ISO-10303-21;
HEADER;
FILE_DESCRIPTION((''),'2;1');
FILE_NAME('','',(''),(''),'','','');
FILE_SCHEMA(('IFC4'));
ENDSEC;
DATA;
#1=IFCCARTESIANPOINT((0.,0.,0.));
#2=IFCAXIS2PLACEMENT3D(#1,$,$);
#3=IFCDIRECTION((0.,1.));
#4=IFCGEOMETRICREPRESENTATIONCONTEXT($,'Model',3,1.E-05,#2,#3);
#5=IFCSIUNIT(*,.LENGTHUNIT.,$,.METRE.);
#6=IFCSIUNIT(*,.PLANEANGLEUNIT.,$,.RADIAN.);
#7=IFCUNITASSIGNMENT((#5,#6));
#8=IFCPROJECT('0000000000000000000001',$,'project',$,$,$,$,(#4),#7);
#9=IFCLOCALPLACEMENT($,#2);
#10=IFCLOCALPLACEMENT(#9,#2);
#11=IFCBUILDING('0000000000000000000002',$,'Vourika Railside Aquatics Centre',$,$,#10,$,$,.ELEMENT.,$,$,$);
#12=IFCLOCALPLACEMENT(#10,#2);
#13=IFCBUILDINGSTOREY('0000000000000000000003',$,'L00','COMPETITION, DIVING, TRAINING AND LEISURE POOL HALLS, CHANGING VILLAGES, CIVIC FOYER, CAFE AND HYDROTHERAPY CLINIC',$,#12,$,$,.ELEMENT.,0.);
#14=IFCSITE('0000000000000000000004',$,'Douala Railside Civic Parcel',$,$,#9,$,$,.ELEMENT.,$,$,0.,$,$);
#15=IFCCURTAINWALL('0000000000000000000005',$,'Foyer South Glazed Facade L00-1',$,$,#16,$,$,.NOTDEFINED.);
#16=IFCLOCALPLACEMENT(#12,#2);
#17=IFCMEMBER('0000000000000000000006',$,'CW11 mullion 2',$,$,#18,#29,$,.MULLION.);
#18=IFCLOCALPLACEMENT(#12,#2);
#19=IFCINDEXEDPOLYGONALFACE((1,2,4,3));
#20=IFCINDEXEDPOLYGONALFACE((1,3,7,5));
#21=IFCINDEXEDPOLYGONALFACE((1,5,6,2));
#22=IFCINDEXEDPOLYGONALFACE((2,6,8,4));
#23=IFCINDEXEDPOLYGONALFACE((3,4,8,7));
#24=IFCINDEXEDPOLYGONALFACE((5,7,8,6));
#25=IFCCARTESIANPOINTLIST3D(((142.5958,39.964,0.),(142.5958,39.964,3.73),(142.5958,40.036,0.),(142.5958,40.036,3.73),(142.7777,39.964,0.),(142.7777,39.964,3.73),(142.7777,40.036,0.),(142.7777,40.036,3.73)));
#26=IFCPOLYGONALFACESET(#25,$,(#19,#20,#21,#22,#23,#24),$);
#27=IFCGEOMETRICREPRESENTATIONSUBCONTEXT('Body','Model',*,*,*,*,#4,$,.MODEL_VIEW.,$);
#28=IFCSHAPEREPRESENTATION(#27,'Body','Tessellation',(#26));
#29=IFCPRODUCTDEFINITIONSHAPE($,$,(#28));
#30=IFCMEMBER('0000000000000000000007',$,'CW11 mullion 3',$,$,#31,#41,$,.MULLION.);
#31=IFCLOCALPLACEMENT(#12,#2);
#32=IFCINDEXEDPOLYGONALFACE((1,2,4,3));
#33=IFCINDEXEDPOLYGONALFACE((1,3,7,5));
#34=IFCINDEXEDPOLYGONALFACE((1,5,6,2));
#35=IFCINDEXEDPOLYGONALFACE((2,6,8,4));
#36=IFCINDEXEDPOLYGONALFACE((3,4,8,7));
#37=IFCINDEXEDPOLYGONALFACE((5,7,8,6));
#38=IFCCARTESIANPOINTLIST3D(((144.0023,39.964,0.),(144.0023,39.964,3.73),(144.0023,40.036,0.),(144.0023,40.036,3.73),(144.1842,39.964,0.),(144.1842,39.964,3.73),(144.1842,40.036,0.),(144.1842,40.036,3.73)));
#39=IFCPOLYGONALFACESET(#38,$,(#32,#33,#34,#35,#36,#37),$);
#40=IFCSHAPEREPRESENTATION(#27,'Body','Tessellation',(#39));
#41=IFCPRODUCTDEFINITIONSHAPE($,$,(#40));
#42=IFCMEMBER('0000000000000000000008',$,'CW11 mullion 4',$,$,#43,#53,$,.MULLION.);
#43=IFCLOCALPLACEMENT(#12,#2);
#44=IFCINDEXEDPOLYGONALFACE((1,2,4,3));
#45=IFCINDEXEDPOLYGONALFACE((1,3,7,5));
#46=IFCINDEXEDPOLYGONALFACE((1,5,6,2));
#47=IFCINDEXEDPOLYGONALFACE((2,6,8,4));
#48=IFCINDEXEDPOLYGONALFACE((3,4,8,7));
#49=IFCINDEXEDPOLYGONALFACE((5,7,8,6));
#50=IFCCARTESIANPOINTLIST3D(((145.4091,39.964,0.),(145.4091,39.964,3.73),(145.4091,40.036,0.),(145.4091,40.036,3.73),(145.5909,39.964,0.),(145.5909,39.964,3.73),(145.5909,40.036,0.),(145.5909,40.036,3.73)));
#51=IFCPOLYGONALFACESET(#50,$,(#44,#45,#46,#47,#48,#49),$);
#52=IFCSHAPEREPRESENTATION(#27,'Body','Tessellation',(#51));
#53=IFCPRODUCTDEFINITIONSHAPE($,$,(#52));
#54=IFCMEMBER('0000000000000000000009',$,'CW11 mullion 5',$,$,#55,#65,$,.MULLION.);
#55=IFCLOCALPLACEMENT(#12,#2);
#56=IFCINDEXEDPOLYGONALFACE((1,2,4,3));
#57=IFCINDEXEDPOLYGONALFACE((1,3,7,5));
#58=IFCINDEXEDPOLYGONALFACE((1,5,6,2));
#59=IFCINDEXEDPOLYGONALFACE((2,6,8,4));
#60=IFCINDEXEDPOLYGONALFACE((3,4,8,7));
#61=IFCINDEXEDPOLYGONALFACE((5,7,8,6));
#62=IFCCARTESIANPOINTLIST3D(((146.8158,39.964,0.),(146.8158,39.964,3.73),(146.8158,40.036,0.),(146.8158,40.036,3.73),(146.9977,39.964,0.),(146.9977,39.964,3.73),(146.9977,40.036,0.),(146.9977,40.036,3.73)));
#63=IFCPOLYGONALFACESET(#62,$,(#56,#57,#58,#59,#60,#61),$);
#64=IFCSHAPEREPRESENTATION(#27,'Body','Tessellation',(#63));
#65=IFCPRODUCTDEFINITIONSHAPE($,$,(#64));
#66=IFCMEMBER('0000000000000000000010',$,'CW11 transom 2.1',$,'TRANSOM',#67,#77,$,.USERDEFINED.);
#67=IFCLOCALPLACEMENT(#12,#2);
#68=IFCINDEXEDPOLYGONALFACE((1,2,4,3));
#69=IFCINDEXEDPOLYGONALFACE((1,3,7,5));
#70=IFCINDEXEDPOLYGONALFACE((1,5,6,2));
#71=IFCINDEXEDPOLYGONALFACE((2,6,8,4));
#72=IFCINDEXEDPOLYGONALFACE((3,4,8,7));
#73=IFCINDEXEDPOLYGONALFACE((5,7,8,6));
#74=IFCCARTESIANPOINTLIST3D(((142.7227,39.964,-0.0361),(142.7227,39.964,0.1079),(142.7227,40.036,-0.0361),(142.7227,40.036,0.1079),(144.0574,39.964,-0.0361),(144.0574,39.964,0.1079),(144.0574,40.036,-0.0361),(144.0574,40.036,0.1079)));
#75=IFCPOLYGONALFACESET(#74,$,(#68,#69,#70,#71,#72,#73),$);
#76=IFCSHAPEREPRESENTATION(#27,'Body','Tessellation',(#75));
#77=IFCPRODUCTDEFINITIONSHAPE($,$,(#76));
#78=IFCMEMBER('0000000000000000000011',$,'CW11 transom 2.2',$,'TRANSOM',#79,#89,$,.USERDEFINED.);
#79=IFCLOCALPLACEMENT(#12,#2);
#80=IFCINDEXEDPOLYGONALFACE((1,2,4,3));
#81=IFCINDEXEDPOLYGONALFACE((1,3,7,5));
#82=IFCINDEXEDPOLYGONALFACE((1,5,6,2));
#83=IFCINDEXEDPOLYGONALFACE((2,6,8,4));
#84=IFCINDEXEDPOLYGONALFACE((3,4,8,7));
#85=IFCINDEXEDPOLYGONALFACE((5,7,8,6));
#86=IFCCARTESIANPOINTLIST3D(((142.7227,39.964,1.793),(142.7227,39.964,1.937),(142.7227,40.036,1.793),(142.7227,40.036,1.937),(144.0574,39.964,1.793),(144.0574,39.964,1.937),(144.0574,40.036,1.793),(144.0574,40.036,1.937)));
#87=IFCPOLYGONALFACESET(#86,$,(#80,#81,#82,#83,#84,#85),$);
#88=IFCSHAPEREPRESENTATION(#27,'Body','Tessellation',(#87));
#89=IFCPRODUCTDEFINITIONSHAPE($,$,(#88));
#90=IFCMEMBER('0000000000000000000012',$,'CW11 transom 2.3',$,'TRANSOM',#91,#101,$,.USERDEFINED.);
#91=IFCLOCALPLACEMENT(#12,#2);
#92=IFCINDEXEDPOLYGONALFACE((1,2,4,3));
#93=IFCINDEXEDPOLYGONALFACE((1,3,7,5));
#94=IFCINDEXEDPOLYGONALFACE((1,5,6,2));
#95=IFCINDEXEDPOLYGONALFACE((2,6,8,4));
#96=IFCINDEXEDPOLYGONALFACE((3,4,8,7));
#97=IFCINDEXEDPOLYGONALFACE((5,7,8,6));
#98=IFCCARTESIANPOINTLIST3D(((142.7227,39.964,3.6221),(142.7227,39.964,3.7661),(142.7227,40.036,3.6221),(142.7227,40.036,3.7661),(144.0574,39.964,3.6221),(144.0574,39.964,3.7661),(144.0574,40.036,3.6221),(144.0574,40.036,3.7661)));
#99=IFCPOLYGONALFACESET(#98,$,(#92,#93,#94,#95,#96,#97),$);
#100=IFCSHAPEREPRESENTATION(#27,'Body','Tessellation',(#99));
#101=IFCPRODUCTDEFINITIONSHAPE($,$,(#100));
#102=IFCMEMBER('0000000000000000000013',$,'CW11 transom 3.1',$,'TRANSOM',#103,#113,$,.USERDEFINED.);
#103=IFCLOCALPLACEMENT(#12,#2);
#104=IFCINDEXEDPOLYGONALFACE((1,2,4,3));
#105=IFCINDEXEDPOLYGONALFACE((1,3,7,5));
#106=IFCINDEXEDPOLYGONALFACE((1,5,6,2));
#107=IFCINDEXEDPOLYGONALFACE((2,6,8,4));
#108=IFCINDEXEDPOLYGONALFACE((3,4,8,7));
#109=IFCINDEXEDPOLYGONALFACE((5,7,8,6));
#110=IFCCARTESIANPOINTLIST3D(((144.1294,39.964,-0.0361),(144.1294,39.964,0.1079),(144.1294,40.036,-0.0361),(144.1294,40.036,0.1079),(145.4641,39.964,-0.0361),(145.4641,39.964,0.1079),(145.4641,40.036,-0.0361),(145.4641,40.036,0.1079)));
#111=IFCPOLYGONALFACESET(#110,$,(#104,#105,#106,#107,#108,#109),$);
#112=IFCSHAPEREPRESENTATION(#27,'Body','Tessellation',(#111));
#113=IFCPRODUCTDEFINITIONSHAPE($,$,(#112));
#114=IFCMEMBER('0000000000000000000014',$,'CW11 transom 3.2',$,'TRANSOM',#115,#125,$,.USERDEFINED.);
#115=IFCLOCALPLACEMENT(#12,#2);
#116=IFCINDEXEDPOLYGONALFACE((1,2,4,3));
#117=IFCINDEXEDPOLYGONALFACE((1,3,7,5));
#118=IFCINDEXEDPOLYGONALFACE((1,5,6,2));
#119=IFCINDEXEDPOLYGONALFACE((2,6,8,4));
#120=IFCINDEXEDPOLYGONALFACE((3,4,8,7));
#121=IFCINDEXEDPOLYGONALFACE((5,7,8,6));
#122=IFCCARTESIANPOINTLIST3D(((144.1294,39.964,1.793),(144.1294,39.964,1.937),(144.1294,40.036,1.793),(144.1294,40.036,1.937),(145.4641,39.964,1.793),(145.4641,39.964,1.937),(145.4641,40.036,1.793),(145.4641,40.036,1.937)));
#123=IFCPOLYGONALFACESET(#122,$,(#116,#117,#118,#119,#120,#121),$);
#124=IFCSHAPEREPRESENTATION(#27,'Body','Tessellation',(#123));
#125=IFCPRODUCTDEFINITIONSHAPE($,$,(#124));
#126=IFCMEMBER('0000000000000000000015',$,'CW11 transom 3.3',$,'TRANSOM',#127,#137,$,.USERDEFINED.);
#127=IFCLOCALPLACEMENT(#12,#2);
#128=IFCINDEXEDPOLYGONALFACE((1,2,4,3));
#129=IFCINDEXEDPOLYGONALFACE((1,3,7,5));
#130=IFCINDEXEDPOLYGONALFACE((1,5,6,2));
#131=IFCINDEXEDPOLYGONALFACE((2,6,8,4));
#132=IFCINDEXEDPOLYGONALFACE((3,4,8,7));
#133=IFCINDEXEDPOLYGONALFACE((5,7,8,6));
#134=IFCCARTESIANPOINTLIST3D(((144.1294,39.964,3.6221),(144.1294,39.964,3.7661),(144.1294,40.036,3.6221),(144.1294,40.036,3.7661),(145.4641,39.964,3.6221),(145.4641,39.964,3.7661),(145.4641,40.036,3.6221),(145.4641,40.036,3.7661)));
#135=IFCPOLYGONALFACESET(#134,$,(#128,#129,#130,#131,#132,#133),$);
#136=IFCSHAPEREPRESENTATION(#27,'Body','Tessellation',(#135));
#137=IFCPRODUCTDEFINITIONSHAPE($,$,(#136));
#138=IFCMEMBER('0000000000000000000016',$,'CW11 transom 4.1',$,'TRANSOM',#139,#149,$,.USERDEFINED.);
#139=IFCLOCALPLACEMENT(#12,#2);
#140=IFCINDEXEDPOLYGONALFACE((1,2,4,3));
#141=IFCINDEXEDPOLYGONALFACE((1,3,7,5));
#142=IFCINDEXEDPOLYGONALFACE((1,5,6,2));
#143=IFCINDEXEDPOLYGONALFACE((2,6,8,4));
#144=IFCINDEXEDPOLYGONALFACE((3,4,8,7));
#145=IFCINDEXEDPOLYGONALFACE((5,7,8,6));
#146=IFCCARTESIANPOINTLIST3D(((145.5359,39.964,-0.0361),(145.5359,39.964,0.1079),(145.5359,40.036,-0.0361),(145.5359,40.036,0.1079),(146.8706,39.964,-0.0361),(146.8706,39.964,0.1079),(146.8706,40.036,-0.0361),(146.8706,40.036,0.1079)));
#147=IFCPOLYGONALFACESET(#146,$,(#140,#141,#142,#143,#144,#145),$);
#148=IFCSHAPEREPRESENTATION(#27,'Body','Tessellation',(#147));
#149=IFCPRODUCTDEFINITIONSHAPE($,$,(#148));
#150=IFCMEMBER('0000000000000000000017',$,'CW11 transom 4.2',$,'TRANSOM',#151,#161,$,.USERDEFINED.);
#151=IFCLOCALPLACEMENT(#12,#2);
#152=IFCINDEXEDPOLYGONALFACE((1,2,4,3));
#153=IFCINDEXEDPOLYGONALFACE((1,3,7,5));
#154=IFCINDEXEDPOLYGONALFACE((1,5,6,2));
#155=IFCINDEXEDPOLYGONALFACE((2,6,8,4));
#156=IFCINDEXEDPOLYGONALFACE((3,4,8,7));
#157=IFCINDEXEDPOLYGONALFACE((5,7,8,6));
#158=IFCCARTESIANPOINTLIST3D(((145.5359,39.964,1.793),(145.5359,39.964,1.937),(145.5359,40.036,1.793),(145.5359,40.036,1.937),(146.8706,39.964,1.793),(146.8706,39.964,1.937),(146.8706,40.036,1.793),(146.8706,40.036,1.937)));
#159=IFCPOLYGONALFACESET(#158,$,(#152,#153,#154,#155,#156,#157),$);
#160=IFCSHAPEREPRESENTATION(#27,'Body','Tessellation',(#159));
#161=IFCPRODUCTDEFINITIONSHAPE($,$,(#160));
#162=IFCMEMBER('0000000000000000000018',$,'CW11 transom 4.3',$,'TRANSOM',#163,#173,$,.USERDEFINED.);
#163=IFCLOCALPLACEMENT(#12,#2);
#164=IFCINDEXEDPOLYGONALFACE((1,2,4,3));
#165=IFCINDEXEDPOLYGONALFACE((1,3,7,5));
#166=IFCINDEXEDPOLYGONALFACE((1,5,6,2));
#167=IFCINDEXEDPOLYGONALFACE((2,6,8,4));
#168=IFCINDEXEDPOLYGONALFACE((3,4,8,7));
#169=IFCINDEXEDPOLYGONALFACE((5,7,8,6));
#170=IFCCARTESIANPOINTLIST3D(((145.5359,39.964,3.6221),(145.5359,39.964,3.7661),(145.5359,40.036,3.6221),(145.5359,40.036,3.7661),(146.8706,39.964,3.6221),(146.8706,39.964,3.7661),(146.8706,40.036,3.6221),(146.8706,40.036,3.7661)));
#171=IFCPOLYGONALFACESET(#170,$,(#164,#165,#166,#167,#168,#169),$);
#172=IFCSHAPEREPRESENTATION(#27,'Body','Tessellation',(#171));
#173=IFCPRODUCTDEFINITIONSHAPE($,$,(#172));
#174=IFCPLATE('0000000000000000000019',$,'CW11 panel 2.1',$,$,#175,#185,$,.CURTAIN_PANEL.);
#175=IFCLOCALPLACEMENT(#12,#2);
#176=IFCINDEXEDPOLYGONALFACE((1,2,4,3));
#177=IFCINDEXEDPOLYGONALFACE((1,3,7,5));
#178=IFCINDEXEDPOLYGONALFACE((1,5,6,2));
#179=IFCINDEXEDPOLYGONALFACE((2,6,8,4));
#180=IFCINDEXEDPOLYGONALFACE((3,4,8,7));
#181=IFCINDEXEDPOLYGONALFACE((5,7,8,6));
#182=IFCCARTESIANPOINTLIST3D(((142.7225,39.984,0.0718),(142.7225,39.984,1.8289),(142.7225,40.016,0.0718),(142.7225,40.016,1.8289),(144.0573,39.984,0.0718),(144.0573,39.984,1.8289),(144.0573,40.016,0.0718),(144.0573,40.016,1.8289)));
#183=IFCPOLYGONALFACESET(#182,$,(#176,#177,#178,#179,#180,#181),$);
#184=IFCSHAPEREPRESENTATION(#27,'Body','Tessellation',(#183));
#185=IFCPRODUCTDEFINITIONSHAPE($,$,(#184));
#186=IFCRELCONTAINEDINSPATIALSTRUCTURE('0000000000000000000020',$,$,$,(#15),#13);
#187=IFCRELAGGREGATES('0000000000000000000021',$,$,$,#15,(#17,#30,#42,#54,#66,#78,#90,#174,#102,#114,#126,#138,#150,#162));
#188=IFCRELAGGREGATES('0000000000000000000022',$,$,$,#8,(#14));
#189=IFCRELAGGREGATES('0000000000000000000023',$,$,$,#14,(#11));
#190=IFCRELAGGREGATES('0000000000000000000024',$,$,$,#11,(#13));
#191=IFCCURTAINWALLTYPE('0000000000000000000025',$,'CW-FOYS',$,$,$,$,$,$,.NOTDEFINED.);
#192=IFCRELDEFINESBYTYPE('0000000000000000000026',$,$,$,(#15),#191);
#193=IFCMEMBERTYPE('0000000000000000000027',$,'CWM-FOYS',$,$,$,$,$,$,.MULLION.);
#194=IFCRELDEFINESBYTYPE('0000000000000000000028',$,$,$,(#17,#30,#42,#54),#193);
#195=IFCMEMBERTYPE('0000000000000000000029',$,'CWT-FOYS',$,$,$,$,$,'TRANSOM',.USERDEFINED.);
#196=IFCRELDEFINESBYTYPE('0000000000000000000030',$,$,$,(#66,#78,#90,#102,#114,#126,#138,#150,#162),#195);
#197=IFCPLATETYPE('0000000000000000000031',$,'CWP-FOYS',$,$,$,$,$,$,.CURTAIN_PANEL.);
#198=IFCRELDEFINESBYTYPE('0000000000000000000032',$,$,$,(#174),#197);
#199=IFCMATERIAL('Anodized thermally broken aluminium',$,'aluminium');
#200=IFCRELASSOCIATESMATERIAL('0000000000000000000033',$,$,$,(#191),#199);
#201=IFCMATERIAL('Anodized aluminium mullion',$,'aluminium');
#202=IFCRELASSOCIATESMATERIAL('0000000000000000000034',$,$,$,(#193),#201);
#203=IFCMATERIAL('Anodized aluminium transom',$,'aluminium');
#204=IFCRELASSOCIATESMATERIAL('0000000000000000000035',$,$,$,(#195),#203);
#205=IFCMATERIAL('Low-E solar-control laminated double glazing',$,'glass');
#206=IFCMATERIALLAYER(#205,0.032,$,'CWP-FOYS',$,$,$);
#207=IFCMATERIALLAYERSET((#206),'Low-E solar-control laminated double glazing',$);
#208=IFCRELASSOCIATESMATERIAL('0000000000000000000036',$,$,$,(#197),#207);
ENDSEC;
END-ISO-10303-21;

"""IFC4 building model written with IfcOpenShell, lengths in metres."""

from ifc_helpers import new_model, si_unit, direction, frame, origin, origin_2d, place, context, subcontext, project, spatial, rectangle, extrude, material, layer, layer_set, material_profile, profile_set, type_object, element, aggregate, save


model = new_model("IFC4")

# Units and contexts
model_context = context("Model", 3, precision=1e-05, world=origin(), true_north=direction((0.0, 1.0)))
body_context = subcontext(model_context, "Body", "Model", "MODEL_VIEW")
ifc_project = project(units=[si_unit("LENGTHUNIT", "METRE"), si_unit("PLANEANGLEUNIT", "RADIAN")], contexts=[model_context])

# Site, building, storey
site_placement = place(None, origin())
site = spatial("IfcSite", under=ifc_project, at=site_placement, Name="Douala Railside Civic Parcel", CompositionType="ELEMENT", RefElevation=0.0)
building_placement = place(site_placement, origin())
building = spatial("IfcBuilding", under=site, at=building_placement, Name="Vourika Railside Aquatics Centre", CompositionType="ELEMENT")
storey_placement = place(building_placement, origin())
storey = spatial("IfcBuildingStorey", under=building, at=storey_placement, Name="L00", Description="COMPETITION, DIVING, TRAINING AND LEISURE POOL HALLS, CHANGING VILLAGES, CIVIC FOYER, CAFE AND HYDROTHERAPY CLINIC", CompositionType="ELEMENT", Elevation=0.0)

# Curtain wall, members, plate
ifc_material_1 = material(Name="Anodized thermally broken aluminium", Category="aluminium")
curtain_wall_type = type_object("IfcCurtainWallType", Name="CW-FOYS", PredefinedType="NOTDEFINED", material=ifc_material_1)
curtain_wall_placement = place(storey_placement, origin())
curtain_wall = element("IfcCurtainWall", 1, at=curtain_wall_placement, inside=storey, type_object=curtain_wall_type, Name="Foyer South Glazed Facade L00-1", PredefinedType="NOTDEFINED")
ifc_material_2 = material(Name="Anodized aluminium mullion", Category="aluminium")
ifc_material_profile_1 = material_profile(ifc_material_2, rectangle(XDim=0.072, YDim=0.1819, at=origin_2d()), Name="ALU-M 72x182")
ifc_profile_set_1 = profile_set([ifc_material_profile_1], Name="Anodized aluminium mullion")
member_type_1 = type_object("IfcMemberType", Name="CWM-FOYS", PredefinedType="MULLION", material=ifc_profile_set_1)
member_1_placement = place(storey_placement, frame((142.6868, 40.0, 0.0), z_axis=(0.0, 0.0, 1.0), x_axis=(0.0, 1.0, 0.0)))
member_1 = element("IfcMember", 2, at=member_1_placement, type_object=member_type_1, Name="CW11 mullion 2", PredefinedType="MULLION", context=body_context, shape_type="SweptSolid", body=[
    extrude(rectangle(XDim=0.072, YDim=0.1819, at=origin_2d()), origin(), (0.0, 0.0, 1.0), 3.73),
])
member_2_placement = place(storey_placement, frame((144.0933, 40.0, 0.0), z_axis=(0.0, 0.0, 1.0), x_axis=(0.0, 1.0, 0.0)))
member_2 = element("IfcMember", 3, at=member_2_placement, type_object=member_type_1, Name="CW11 mullion 3", PredefinedType="MULLION", context=body_context, shape_type="SweptSolid", body=[
    extrude(rectangle(XDim=0.072, YDim=0.1819, at=origin_2d()), origin(), (0.0, 0.0, 1.0), 3.73),
])
member_3_placement = place(storey_placement, frame((145.5, 40.0, 0.0), z_axis=(0.0, 0.0, 1.0), x_axis=(0.0, 1.0, 0.0)))
member_3 = element("IfcMember", 4, at=member_3_placement, type_object=member_type_1, Name="CW11 mullion 4", PredefinedType="MULLION", context=body_context, shape_type="SweptSolid", body=[
    extrude(rectangle(XDim=0.072, YDim=0.1819, at=origin_2d()), origin(), (0.0, 0.0, 1.0), 3.73),
])
member_4_placement = place(storey_placement, frame((146.9067, 40.0, 0.0), z_axis=(0.0, 0.0, 1.0), x_axis=(0.0, 1.0, 0.0)))
member_4 = element("IfcMember", 5, at=member_4_placement, type_object=member_type_1, Name="CW11 mullion 5", PredefinedType="MULLION", context=body_context, shape_type="SweptSolid", body=[
    extrude(rectangle(XDim=0.072, YDim=0.1819, at=origin_2d()), origin(), (0.0, 0.0, 1.0), 3.73),
])
ifc_material_3 = material(Name="Anodized aluminium transom", Category="aluminium")
ifc_material_profile_2 = material_profile(ifc_material_3, rectangle(XDim=0.072, YDim=0.144, at=origin_2d()), Name="ALU-T 72x144")
ifc_profile_set_2 = profile_set([ifc_material_profile_2], Name="Anodized aluminium transom")
member_type_2 = type_object("IfcMemberType", Name="CWT-FOYS", ElementType="TRANSOM", PredefinedType="USERDEFINED", material=ifc_profile_set_2)
member_5_placement = place(storey_placement, frame((142.7227, 40.0, 0.0359), z_axis=(1.0, 0.0, 0.0), x_axis=(0.0, 1.0, 0.0)))
member_5 = element("IfcMember", 6, at=member_5_placement, type_object=member_type_2, Name="CW11 transom 2.1", ObjectType="TRANSOM", PredefinedType="USERDEFINED", context=body_context, shape_type="SweptSolid", body=[
    extrude(rectangle(XDim=0.072, YDim=0.144, at=origin_2d()), origin(), (0.0, 0.0, 1.0), 1.3347),
])
member_6_placement = place(storey_placement, frame((142.7227, 40.0, 1.865), z_axis=(1.0, 0.0, 0.0), x_axis=(0.0, 1.0, 0.0)))
member_6 = element("IfcMember", 7, at=member_6_placement, type_object=member_type_2, Name="CW11 transom 2.2", ObjectType="TRANSOM", PredefinedType="USERDEFINED", context=body_context, shape_type="SweptSolid", body=[
    extrude(rectangle(XDim=0.072, YDim=0.144, at=origin_2d()), origin(), (0.0, 0.0, 1.0), 1.3347),
])
member_7_placement = place(storey_placement, frame((142.7227, 40.0, 3.6941), z_axis=(1.0, 0.0, 0.0), x_axis=(0.0, 1.0, 0.0)))
member_7 = element("IfcMember", 8, at=member_7_placement, type_object=member_type_2, Name="CW11 transom 2.3", ObjectType="TRANSOM", PredefinedType="USERDEFINED", context=body_context, shape_type="SweptSolid", body=[
    extrude(rectangle(XDim=0.072, YDim=0.144, at=origin_2d()), origin(), (0.0, 0.0, 1.0), 1.3347),
])
member_8_placement = place(storey_placement, frame((144.1294, 40.0, 0.0359), z_axis=(1.0, 0.0, 0.0), x_axis=(0.0, 1.0, 0.0)))
member_8 = element("IfcMember", 9, at=member_8_placement, type_object=member_type_2, Name="CW11 transom 3.1", ObjectType="TRANSOM", PredefinedType="USERDEFINED", context=body_context, shape_type="SweptSolid", body=[
    extrude(rectangle(XDim=0.072, YDim=0.144, at=origin_2d()), origin(), (0.0, 0.0, 1.0), 1.3347),
])
member_9_placement = place(storey_placement, frame((144.1294, 40.0, 1.865), z_axis=(1.0, 0.0, 0.0), x_axis=(0.0, 1.0, 0.0)))
member_9 = element("IfcMember", 10, at=member_9_placement, type_object=member_type_2, Name="CW11 transom 3.2", ObjectType="TRANSOM", PredefinedType="USERDEFINED", context=body_context, shape_type="SweptSolid", body=[
    extrude(rectangle(XDim=0.072, YDim=0.144, at=origin_2d()), origin(), (0.0, 0.0, 1.0), 1.3347),
])
member_10_placement = place(storey_placement, frame((144.1294, 40.0, 3.6941), z_axis=(1.0, 0.0, 0.0), x_axis=(0.0, 1.0, 0.0)))
member_10 = element("IfcMember", 11, at=member_10_placement, type_object=member_type_2, Name="CW11 transom 3.3", ObjectType="TRANSOM", PredefinedType="USERDEFINED", context=body_context, shape_type="SweptSolid", body=[
    extrude(rectangle(XDim=0.072, YDim=0.144, at=origin_2d()), origin(), (0.0, 0.0, 1.0), 1.3347),
])
member_11_placement = place(storey_placement, frame((145.5359, 40.0, 0.0359), z_axis=(1.0, 0.0, 0.0), x_axis=(0.0, 1.0, 0.0)))
member_11 = element("IfcMember", 12, at=member_11_placement, type_object=member_type_2, Name="CW11 transom 4.1", ObjectType="TRANSOM", PredefinedType="USERDEFINED", context=body_context, shape_type="SweptSolid", body=[
    extrude(rectangle(XDim=0.072, YDim=0.144, at=origin_2d()), origin(), (0.0, 0.0, 1.0), 1.3347),
])
member_12_placement = place(storey_placement, frame((145.5359, 40.0, 1.865), z_axis=(1.0, 0.0, 0.0), x_axis=(0.0, 1.0, 0.0)))
member_12 = element("IfcMember", 13, at=member_12_placement, type_object=member_type_2, Name="CW11 transom 4.2", ObjectType="TRANSOM", PredefinedType="USERDEFINED", context=body_context, shape_type="SweptSolid", body=[
    extrude(rectangle(XDim=0.072, YDim=0.144, at=origin_2d()), origin(), (0.0, 0.0, 1.0), 1.3347),
])
member_13_placement = place(storey_placement, frame((145.5359, 40.0, 3.6941), z_axis=(1.0, 0.0, 0.0), x_axis=(0.0, 1.0, 0.0)))
member_13 = element("IfcMember", 14, at=member_13_placement, type_object=member_type_2, Name="CW11 transom 4.3", ObjectType="TRANSOM", PredefinedType="USERDEFINED", context=body_context, shape_type="SweptSolid", body=[
    extrude(rectangle(XDim=0.072, YDim=0.144, at=origin_2d()), origin(), (0.0, 0.0, 1.0), 1.3347),
])
ifc_material_4 = material(Name="Low-E solar-control laminated double glazing", Category="glass")
ifc_layer = layer(ifc_material_4, 0.032, Name="CWP-FOYS")
ifc_layer_set = layer_set([ifc_layer], Name="Low-E solar-control laminated double glazing")
plate_type = type_object("IfcPlateType", Name="CWP-FOYS", PredefinedType="CURTAIN_PANEL", material=ifc_layer_set)
plate_1_placement = place(storey_placement, frame((143.3899, 40.0, 0.0718), z_axis=(0.0, 0.0, 1.0), x_axis=(1.0, 0.0, 0.0)))
plate_1 = element("IfcPlate", 15, at=plate_1_placement, type_object=plate_type, Name="CW11 panel 2.1", PredefinedType="CURTAIN_PANEL", context=body_context, shape_type="SweptSolid", body=[
    extrude(rectangle(XDim=1.3347, YDim=0.032, at=origin_2d()), origin(), (0.0, 0.0, 1.0), 1.7571),
])
aggregate(curtain_wall, [member_1, member_2, member_3, member_4, member_5, member_6, member_7, plate_1, member_8, member_9, member_10, member_11, member_12, member_13])

save(model, "model.ifc")
